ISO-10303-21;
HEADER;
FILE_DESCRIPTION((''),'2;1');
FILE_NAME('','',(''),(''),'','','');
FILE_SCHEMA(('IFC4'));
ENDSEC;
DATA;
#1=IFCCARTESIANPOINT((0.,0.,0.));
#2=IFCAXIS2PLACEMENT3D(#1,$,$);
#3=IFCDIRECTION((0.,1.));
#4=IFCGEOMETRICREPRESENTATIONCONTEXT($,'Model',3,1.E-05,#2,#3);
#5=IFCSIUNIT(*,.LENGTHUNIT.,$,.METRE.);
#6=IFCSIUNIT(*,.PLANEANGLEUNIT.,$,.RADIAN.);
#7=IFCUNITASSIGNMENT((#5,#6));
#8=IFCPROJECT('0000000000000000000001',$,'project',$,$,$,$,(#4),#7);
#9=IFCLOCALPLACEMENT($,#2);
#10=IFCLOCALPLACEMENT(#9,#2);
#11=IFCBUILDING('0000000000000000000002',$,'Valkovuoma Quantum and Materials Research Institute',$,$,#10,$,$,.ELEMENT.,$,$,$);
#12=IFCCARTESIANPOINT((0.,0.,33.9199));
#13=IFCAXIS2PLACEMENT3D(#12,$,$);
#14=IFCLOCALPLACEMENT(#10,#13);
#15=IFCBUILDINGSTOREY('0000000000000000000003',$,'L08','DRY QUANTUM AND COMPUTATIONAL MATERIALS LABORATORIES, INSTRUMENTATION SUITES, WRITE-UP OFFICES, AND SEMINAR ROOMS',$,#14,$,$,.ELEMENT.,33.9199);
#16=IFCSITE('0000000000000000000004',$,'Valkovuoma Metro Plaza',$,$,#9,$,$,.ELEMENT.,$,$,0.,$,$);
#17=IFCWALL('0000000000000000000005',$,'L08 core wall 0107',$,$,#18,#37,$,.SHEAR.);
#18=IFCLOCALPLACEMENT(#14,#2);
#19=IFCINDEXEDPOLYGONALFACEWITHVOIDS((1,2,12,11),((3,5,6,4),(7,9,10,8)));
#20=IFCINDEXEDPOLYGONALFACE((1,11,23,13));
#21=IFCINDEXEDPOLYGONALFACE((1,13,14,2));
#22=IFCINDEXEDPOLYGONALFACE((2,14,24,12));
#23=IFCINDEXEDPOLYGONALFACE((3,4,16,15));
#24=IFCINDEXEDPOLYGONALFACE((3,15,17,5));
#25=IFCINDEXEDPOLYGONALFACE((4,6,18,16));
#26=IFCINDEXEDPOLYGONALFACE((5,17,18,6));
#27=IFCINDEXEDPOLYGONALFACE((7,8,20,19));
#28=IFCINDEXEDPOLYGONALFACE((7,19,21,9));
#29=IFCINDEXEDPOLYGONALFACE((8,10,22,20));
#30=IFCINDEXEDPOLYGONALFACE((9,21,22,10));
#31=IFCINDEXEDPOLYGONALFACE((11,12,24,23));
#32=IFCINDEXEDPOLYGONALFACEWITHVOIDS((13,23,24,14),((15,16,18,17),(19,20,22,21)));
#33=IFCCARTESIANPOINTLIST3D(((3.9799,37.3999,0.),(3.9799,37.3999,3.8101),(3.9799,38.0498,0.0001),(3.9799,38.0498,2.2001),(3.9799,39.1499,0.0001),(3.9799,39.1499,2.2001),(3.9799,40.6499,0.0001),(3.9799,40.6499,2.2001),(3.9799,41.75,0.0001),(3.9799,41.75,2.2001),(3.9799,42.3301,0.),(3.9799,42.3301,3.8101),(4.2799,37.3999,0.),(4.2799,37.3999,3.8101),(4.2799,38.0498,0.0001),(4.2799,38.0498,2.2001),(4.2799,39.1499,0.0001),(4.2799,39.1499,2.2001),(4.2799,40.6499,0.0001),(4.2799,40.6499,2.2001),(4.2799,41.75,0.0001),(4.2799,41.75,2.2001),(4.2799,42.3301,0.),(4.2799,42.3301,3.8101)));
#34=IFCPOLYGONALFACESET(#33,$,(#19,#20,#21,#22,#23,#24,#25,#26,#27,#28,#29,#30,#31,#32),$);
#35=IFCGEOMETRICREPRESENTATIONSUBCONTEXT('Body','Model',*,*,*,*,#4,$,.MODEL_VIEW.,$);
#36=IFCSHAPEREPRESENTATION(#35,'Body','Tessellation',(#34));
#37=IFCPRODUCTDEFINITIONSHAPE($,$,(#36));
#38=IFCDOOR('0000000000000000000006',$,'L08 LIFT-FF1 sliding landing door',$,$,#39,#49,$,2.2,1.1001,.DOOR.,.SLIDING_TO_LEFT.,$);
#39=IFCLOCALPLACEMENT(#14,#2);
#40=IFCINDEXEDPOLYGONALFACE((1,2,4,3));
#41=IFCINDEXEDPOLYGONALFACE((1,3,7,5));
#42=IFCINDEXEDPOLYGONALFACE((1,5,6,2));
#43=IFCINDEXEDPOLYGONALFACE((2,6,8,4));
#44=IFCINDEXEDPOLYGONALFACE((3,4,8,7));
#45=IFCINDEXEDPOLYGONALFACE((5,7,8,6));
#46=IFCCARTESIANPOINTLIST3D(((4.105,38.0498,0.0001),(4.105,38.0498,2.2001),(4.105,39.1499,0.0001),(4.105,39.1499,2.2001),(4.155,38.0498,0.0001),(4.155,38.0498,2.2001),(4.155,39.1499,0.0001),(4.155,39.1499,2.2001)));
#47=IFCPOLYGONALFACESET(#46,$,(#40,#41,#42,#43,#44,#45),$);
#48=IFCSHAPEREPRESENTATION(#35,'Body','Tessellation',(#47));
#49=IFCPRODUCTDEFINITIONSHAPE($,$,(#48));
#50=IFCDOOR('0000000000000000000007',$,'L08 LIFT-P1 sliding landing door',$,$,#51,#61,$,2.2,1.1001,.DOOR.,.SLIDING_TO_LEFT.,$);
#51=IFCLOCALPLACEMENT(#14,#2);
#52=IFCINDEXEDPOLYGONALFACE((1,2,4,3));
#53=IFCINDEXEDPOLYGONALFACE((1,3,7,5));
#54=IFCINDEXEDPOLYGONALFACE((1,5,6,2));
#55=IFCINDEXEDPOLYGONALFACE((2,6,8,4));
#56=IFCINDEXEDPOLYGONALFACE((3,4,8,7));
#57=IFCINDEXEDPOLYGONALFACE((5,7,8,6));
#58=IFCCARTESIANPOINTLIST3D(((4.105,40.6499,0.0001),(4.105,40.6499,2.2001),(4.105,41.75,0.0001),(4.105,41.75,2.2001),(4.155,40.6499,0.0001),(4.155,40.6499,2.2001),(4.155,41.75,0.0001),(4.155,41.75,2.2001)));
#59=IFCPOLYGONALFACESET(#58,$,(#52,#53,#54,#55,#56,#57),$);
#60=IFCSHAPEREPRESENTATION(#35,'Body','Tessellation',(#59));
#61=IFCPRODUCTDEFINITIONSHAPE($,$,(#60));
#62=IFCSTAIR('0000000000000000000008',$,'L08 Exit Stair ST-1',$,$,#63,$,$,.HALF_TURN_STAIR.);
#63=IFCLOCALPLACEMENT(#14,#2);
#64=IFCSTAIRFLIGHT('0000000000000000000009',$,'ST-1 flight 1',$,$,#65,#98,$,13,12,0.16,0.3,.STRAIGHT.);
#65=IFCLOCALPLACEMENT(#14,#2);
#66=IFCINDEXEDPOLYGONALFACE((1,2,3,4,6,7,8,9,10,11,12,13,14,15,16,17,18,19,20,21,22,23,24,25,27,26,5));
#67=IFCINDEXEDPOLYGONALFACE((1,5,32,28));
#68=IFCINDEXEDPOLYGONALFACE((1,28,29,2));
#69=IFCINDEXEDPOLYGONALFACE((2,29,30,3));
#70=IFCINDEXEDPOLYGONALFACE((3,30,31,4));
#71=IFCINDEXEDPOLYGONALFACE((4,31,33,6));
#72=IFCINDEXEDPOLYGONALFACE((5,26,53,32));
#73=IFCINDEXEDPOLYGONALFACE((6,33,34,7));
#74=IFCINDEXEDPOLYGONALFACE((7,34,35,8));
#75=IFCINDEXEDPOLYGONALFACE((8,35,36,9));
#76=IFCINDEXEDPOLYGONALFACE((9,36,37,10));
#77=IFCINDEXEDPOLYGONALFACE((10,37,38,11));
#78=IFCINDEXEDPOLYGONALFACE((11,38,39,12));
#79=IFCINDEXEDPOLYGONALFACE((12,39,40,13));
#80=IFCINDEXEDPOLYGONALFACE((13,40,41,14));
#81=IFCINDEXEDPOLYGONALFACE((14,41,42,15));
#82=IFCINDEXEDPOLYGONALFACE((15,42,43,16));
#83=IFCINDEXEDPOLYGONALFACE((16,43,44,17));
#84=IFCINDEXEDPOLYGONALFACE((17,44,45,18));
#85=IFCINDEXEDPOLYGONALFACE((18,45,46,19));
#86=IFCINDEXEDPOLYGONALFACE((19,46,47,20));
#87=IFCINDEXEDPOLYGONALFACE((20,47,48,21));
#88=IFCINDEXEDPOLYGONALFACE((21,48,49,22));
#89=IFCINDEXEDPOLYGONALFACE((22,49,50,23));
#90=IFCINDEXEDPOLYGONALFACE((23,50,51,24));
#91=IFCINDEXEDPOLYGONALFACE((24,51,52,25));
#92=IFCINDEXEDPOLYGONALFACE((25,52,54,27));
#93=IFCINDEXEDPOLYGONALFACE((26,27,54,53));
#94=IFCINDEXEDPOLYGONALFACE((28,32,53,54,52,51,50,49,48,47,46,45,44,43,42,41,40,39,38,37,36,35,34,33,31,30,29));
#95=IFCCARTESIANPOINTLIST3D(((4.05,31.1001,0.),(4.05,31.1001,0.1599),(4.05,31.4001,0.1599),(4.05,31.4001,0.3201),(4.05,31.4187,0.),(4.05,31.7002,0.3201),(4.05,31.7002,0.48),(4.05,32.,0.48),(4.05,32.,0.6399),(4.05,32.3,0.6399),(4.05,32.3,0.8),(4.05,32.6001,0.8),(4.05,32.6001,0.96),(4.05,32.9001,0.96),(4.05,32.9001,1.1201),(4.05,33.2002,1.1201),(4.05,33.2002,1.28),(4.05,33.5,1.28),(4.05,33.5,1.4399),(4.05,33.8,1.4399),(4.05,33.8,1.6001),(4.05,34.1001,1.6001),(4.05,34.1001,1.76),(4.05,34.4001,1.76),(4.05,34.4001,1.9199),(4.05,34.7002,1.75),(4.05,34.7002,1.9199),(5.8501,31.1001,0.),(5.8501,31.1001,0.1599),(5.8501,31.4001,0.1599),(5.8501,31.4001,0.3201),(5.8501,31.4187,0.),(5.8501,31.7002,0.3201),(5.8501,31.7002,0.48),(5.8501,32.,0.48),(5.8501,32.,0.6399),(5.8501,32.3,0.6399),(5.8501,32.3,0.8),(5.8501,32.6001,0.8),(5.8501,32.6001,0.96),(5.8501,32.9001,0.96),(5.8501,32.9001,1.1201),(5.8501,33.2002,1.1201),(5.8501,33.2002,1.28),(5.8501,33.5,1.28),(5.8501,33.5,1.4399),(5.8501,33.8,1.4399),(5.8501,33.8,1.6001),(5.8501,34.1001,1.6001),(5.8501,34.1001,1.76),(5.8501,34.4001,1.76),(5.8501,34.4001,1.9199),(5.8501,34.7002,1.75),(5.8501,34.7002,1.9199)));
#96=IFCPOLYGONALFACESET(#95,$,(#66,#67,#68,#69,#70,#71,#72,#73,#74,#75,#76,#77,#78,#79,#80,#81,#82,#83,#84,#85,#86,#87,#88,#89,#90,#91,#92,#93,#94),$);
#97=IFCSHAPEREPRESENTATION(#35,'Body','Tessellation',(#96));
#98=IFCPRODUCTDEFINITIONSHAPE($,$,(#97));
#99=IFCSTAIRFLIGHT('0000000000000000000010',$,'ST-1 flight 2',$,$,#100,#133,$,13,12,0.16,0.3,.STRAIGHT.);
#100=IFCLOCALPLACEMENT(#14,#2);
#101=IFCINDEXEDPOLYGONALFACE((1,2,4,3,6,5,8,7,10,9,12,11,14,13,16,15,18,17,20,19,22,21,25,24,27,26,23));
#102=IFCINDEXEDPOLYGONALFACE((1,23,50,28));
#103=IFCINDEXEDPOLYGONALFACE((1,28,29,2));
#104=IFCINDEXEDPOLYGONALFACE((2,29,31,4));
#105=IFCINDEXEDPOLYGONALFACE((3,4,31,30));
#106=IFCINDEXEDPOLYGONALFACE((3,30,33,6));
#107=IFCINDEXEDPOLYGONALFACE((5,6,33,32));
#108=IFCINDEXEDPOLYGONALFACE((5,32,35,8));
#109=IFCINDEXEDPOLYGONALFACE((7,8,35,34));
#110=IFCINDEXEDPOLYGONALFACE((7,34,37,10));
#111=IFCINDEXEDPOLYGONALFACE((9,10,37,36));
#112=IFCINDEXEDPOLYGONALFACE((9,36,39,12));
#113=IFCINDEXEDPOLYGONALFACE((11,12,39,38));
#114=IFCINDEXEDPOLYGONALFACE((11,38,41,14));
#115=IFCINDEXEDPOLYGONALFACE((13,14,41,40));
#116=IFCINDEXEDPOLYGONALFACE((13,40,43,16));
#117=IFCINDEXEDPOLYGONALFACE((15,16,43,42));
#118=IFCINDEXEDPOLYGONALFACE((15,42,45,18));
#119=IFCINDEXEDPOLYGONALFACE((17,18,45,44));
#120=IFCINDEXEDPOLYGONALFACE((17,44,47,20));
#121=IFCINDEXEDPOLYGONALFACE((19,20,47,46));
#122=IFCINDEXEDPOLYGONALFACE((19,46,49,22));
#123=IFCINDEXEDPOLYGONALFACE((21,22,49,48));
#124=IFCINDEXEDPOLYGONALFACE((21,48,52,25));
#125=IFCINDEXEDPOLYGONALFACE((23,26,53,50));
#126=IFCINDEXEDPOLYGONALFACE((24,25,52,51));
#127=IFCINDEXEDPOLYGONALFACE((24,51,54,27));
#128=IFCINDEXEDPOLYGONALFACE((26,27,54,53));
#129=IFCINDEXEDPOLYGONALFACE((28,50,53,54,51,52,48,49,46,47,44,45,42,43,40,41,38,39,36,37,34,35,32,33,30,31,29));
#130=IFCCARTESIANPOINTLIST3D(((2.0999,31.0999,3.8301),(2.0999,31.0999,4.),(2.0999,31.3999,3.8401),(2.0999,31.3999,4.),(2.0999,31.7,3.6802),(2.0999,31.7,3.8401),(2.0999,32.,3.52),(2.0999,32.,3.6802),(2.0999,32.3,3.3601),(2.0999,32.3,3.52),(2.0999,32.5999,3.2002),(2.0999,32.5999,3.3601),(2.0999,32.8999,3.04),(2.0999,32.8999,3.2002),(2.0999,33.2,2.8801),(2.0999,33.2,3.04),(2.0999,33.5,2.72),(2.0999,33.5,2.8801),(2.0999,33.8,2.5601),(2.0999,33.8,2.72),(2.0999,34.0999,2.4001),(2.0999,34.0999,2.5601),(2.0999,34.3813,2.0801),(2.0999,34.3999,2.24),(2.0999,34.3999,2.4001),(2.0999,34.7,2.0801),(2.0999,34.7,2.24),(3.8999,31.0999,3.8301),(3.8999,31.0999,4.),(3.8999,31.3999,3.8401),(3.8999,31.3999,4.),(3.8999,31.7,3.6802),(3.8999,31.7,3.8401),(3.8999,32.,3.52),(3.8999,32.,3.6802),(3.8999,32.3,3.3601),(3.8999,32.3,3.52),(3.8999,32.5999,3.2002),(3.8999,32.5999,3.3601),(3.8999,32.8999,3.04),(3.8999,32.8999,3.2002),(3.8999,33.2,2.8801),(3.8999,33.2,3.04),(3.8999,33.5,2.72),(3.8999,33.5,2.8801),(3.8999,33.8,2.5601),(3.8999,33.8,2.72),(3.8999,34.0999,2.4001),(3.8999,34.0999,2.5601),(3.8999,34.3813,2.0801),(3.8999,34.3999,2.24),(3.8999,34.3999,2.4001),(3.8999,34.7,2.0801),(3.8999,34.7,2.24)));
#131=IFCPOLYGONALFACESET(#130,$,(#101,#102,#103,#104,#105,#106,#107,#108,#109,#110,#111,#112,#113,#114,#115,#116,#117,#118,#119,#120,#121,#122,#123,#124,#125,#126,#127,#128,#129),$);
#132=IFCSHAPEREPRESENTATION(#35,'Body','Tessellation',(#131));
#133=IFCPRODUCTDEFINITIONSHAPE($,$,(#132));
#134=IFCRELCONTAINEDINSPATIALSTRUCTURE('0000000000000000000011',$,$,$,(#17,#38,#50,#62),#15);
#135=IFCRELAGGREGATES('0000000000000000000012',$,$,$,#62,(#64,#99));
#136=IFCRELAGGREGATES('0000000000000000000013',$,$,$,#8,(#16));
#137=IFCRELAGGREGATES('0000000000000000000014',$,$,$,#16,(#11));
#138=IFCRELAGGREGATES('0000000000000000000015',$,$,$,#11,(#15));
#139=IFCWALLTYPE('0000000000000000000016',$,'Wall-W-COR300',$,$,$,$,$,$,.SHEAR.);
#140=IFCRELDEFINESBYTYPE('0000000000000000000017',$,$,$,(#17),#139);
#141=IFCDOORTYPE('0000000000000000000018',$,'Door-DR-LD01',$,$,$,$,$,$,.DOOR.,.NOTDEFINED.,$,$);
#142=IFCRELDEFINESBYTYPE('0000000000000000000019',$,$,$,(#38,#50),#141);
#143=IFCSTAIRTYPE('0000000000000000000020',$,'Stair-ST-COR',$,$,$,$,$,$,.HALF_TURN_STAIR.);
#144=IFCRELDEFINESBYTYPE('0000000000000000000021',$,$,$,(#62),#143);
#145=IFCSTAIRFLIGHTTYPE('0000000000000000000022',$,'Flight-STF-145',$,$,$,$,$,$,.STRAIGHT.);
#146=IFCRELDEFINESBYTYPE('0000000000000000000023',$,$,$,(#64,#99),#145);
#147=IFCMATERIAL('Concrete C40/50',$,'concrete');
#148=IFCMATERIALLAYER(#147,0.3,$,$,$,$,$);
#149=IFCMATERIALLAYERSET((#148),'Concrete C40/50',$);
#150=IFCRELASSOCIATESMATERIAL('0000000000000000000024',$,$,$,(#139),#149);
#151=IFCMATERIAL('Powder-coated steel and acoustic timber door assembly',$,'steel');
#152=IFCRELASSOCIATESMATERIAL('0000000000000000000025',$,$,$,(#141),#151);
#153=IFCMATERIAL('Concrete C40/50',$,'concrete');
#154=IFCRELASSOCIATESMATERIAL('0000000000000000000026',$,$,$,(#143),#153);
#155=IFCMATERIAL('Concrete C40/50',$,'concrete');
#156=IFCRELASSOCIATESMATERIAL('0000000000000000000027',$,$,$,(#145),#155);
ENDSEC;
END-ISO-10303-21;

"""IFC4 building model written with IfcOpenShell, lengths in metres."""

from ifc_helpers import new_model, si_unit, direction, frame, frame_2d, origin, place, context, subcontext, project, spatial, polyline, rectangle, outline, extrude, material, layer, layer_set, type_object, element, fill, aggregate, save


model = new_model("IFC4")

# Units and contexts
model_context = context("Model", 3, precision=1e-05, world=origin(), true_north=direction((0.0, 1.0)))
body_context = subcontext(model_context, "Body", "Model", "MODEL_VIEW")
ifc_project = project(units=[si_unit("LENGTHUNIT", "METRE"), si_unit("PLANEANGLEUNIT", "RADIAN")], contexts=[model_context])

# Site, building, storey
site_placement = place(None, origin())
site = spatial("IfcSite", under=ifc_project, at=site_placement, Name="Valkovuoma Metro Plaza", CompositionType="ELEMENT", RefElevation=0.0)
building_placement = place(site_placement, origin())
building = spatial("IfcBuilding", under=site, at=building_placement, Name="Valkovuoma Quantum and Materials Research Institute", CompositionType="ELEMENT")
storey_placement = place(building_placement, frame((0.0, 0.0, 33.9199)))
storey = spatial("IfcBuildingStorey", under=building, at=storey_placement, Name="L08", Description="DRY QUANTUM AND COMPUTATIONAL MATERIALS LABORATORIES, INSTRUMENTATION SUITES, WRITE-UP OFFICES, AND SEMINAR ROOMS", CompositionType="ELEMENT", Elevation=33.9199)

# Shared definitions
ifc_material_1 = material(Name="Concrete C40/50", Category="concrete")
ifc_layer_1 = layer(ifc_material_1, 0.3)
ifc_layer_set_1 = layer_set([ifc_layer_1], Name="Concrete C40/50")
wall_type = type_object("IfcWallType", Name="Wall-W-COR300", PredefinedType="SHEAR", material=ifc_layer_set_1)

# Wall, openings, doors
wall_1_placement = place(storey_placement, frame((4.1299, 37.3999, 0.0), z_axis=(0.0, 0.0, 1.0), x_axis=(0.0, 1.0, 0.0)))
wall_1 = element("IfcWall", 1, at=wall_1_placement, inside=storey, type_object=wall_type, Name="L08 core wall 0107", PredefinedType="SHEAR", context=body_context, shape_type="SweptSolid", body=[
    extrude(rectangle(XDim=4.9302, YDim=0.3, at=frame_2d((2.4651, 0.0))), origin(), (0.0, 0.0, 1.0), 3.8101),
])
opening_1_placement = place(wall_1_placement, frame((0.6499, 0.0, 0.0)))
opening_1 = element("IfcOpeningElement", 2, at=opening_1_placement, cuts=wall_1, PredefinedType="OPENING", context=body_context, shape_type="SweptSolid", body=[
    extrude(rectangle(XDim=1.1001, YDim=2.2, at=frame_2d((0.55, 1.1001))), frame((0.0, 0.1602, 0.0), z_axis=(0.0, -1.0, 0.0), x_axis=(1.0, 0.0, 0.0)), (0.0, 0.0, 1.0), 0.3201),
])
opening_2_placement = place(wall_1_placement, frame((3.25, 0.0, 0.0)))
opening_2 = element("IfcOpeningElement", 3, at=opening_2_placement, cuts=wall_1, PredefinedType="OPENING", context=body_context, shape_type="SweptSolid", body=[
    extrude(rectangle(XDim=1.1001, YDim=2.2, at=frame_2d((0.55, 1.1001))), frame((0.0, 0.1602, 0.0), z_axis=(0.0, -1.0, 0.0), x_axis=(1.0, 0.0, 0.0)), (0.0, 0.0, 1.0), 0.3201),
])
ifc_material_2 = material(Name="Powder-coated steel and acoustic timber door assembly", Category="steel")
door_type_1 = type_object("IfcDoorType", Name="Door-DR-LD01", OperationType="NOTDEFINED", PredefinedType="DOOR", material=ifc_material_2)
door_1_placement = place(opening_1_placement, origin())
door_1 = element("IfcDoor", 4, at=door_1_placement, inside=storey, type_object=door_type_1, Name="L08 LIFT-FF1 sliding landing door", OperationType="SLIDING_TO_LEFT", OverallHeight=2.2, OverallWidth=1.1001, PredefinedType="DOOR", context=body_context, shape_type="SweptSolid", body=[
    extrude(rectangle(XDim=1.1001, YDim=2.2, at=frame_2d((0.55, 1.1001))), frame((0.0, 0.0249, 0.0), z_axis=(0.0, -1.0, 0.0), x_axis=(1.0, 0.0, 0.0)), (0.0, 0.0, 1.0), 0.05),
])
fill(opening_1, door_1)
door_2_placement = place(opening_2_placement, origin())
door_2 = element("IfcDoor", 5, at=door_2_placement, inside=storey, type_object=door_type_1, Name="L08 LIFT-P1 sliding landing door", OperationType="SLIDING_TO_LEFT", OverallHeight=2.2, OverallWidth=1.1001, PredefinedType="DOOR", context=body_context, shape_type="SweptSolid", body=[
    extrude(rectangle(XDim=1.1001, YDim=2.2, at=frame_2d((0.55, 1.1001))), frame((0.0, 0.0249, 0.0), z_axis=(0.0, -1.0, 0.0), x_axis=(1.0, 0.0, 0.0)), (0.0, 0.0, 1.0), 0.05),
])
fill(opening_2, door_2)

# Stair, stair flights
ifc_material_3 = material(Name="Concrete C40/50", Category="concrete")
stair_type = type_object("IfcStairType", Name="Stair-ST-COR", PredefinedType="HALF_TURN_STAIR", material=ifc_material_3)
stair_placement = place(storey_placement, origin())
stair = element("IfcStair", 6, at=stair_placement, inside=storey, type_object=stair_type, Name="L08 Exit Stair ST-1", PredefinedType="HALF_TURN_STAIR")
ifc_material_4 = material(Name="Concrete C40/50", Category="concrete")
stair_flight_type = type_object("IfcStairFlightType", Name="Flight-STF-145", PredefinedType="STRAIGHT", material=ifc_material_4)
stair_flight_1_placement = place(storey_placement, frame((4.95, 31.1001, 0.0), z_axis=(0.0, 0.0, 1.0), x_axis=(0.0, 1.0, 0.0)))
stair_flight_1 = element("IfcStairFlight", 7, at=stair_flight_1_placement, type_object=stair_flight_type, Name="ST-1 flight 1", NumberOfRisers=13, NumberOfTreads=12, PredefinedType="STRAIGHT", RiserHeight=0.16, TreadLength=0.3, context=body_context, shape_type="SweptSolid", body=[
    extrude(outline(polyline([(0.0, 0.0), (0.0, 0.1599), (0.3, 0.1599), (0.3, 0.3201), (0.6001, 0.3201), (0.6001, 0.48), (0.8999, 0.48), (0.8999, 0.6399), (1.2, 0.6399), (1.2, 0.8), (1.5, 0.8), (1.5, 0.96), (1.8, 0.96), (1.8, 1.1201), (2.1001, 1.1201), (2.1001, 1.28), (2.3999, 1.28), (2.3999, 1.4399), (2.7, 1.4399), (2.7, 1.6001), (3.0, 1.6001), (3.0, 1.76), (3.3, 1.76), (3.3, 1.9199), (3.6001, 1.9199), (3.6001, 2.0801), (3.6001, 1.75), (0.3186, 0.0), (0.0, 0.0)])), frame((0.0, 0.8999, 0.0), z_axis=(0.0, -1.0, 0.0), x_axis=(1.0, 0.0, 0.0)), (0.0, 0.0, 1.0), 1.8),
])
stair_flight_2_placement = place(storey_placement, frame((3.0, 34.7, 2.0801), z_axis=(0.0, 0.0, 1.0), x_axis=(0.0, -1.0, 0.0)))
stair_flight_2 = element("IfcStairFlight", 8, at=stair_flight_2_placement, type_object=stair_flight_type, Name="ST-1 flight 2", NumberOfRisers=13, NumberOfTreads=12, PredefinedType="STRAIGHT", RiserHeight=0.16, TreadLength=0.3, context=body_context, shape_type="SweptSolid", body=[
    extrude(outline(polyline([(0.0, 0.0), (0.0, 0.1599), (0.3, 0.1599), (0.3, 0.3201), (0.6001, 0.3201), (0.6001, 0.48), (0.8999, 0.48), (0.8999, 0.6399), (1.2, 0.6399), (1.2, 0.8), (1.5, 0.8), (1.5, 0.96), (1.8, 0.96), (1.8, 1.1201), (2.1001, 1.1201), (2.1001, 1.28), (2.3999, 1.28), (2.3999, 1.4399), (2.7, 1.4399), (2.7, 1.6001), (3.0, 1.6001), (3.0, 1.76), (3.3, 1.76), (3.3, 1.9199), (3.6001, 1.9199), (3.6001, 2.0801), (3.6001, 1.75), (0.3186, 0.0), (0.0, 0.0)])), frame((0.0, 0.8999, 0.0), z_axis=(0.0, -1.0, 0.0), x_axis=(1.0, 0.0, 0.0)), (0.0, 0.0, 1.0), 1.8),
])
aggregate(stair, [stair_flight_1, stair_flight_2])

save(model, "model.ifc")
